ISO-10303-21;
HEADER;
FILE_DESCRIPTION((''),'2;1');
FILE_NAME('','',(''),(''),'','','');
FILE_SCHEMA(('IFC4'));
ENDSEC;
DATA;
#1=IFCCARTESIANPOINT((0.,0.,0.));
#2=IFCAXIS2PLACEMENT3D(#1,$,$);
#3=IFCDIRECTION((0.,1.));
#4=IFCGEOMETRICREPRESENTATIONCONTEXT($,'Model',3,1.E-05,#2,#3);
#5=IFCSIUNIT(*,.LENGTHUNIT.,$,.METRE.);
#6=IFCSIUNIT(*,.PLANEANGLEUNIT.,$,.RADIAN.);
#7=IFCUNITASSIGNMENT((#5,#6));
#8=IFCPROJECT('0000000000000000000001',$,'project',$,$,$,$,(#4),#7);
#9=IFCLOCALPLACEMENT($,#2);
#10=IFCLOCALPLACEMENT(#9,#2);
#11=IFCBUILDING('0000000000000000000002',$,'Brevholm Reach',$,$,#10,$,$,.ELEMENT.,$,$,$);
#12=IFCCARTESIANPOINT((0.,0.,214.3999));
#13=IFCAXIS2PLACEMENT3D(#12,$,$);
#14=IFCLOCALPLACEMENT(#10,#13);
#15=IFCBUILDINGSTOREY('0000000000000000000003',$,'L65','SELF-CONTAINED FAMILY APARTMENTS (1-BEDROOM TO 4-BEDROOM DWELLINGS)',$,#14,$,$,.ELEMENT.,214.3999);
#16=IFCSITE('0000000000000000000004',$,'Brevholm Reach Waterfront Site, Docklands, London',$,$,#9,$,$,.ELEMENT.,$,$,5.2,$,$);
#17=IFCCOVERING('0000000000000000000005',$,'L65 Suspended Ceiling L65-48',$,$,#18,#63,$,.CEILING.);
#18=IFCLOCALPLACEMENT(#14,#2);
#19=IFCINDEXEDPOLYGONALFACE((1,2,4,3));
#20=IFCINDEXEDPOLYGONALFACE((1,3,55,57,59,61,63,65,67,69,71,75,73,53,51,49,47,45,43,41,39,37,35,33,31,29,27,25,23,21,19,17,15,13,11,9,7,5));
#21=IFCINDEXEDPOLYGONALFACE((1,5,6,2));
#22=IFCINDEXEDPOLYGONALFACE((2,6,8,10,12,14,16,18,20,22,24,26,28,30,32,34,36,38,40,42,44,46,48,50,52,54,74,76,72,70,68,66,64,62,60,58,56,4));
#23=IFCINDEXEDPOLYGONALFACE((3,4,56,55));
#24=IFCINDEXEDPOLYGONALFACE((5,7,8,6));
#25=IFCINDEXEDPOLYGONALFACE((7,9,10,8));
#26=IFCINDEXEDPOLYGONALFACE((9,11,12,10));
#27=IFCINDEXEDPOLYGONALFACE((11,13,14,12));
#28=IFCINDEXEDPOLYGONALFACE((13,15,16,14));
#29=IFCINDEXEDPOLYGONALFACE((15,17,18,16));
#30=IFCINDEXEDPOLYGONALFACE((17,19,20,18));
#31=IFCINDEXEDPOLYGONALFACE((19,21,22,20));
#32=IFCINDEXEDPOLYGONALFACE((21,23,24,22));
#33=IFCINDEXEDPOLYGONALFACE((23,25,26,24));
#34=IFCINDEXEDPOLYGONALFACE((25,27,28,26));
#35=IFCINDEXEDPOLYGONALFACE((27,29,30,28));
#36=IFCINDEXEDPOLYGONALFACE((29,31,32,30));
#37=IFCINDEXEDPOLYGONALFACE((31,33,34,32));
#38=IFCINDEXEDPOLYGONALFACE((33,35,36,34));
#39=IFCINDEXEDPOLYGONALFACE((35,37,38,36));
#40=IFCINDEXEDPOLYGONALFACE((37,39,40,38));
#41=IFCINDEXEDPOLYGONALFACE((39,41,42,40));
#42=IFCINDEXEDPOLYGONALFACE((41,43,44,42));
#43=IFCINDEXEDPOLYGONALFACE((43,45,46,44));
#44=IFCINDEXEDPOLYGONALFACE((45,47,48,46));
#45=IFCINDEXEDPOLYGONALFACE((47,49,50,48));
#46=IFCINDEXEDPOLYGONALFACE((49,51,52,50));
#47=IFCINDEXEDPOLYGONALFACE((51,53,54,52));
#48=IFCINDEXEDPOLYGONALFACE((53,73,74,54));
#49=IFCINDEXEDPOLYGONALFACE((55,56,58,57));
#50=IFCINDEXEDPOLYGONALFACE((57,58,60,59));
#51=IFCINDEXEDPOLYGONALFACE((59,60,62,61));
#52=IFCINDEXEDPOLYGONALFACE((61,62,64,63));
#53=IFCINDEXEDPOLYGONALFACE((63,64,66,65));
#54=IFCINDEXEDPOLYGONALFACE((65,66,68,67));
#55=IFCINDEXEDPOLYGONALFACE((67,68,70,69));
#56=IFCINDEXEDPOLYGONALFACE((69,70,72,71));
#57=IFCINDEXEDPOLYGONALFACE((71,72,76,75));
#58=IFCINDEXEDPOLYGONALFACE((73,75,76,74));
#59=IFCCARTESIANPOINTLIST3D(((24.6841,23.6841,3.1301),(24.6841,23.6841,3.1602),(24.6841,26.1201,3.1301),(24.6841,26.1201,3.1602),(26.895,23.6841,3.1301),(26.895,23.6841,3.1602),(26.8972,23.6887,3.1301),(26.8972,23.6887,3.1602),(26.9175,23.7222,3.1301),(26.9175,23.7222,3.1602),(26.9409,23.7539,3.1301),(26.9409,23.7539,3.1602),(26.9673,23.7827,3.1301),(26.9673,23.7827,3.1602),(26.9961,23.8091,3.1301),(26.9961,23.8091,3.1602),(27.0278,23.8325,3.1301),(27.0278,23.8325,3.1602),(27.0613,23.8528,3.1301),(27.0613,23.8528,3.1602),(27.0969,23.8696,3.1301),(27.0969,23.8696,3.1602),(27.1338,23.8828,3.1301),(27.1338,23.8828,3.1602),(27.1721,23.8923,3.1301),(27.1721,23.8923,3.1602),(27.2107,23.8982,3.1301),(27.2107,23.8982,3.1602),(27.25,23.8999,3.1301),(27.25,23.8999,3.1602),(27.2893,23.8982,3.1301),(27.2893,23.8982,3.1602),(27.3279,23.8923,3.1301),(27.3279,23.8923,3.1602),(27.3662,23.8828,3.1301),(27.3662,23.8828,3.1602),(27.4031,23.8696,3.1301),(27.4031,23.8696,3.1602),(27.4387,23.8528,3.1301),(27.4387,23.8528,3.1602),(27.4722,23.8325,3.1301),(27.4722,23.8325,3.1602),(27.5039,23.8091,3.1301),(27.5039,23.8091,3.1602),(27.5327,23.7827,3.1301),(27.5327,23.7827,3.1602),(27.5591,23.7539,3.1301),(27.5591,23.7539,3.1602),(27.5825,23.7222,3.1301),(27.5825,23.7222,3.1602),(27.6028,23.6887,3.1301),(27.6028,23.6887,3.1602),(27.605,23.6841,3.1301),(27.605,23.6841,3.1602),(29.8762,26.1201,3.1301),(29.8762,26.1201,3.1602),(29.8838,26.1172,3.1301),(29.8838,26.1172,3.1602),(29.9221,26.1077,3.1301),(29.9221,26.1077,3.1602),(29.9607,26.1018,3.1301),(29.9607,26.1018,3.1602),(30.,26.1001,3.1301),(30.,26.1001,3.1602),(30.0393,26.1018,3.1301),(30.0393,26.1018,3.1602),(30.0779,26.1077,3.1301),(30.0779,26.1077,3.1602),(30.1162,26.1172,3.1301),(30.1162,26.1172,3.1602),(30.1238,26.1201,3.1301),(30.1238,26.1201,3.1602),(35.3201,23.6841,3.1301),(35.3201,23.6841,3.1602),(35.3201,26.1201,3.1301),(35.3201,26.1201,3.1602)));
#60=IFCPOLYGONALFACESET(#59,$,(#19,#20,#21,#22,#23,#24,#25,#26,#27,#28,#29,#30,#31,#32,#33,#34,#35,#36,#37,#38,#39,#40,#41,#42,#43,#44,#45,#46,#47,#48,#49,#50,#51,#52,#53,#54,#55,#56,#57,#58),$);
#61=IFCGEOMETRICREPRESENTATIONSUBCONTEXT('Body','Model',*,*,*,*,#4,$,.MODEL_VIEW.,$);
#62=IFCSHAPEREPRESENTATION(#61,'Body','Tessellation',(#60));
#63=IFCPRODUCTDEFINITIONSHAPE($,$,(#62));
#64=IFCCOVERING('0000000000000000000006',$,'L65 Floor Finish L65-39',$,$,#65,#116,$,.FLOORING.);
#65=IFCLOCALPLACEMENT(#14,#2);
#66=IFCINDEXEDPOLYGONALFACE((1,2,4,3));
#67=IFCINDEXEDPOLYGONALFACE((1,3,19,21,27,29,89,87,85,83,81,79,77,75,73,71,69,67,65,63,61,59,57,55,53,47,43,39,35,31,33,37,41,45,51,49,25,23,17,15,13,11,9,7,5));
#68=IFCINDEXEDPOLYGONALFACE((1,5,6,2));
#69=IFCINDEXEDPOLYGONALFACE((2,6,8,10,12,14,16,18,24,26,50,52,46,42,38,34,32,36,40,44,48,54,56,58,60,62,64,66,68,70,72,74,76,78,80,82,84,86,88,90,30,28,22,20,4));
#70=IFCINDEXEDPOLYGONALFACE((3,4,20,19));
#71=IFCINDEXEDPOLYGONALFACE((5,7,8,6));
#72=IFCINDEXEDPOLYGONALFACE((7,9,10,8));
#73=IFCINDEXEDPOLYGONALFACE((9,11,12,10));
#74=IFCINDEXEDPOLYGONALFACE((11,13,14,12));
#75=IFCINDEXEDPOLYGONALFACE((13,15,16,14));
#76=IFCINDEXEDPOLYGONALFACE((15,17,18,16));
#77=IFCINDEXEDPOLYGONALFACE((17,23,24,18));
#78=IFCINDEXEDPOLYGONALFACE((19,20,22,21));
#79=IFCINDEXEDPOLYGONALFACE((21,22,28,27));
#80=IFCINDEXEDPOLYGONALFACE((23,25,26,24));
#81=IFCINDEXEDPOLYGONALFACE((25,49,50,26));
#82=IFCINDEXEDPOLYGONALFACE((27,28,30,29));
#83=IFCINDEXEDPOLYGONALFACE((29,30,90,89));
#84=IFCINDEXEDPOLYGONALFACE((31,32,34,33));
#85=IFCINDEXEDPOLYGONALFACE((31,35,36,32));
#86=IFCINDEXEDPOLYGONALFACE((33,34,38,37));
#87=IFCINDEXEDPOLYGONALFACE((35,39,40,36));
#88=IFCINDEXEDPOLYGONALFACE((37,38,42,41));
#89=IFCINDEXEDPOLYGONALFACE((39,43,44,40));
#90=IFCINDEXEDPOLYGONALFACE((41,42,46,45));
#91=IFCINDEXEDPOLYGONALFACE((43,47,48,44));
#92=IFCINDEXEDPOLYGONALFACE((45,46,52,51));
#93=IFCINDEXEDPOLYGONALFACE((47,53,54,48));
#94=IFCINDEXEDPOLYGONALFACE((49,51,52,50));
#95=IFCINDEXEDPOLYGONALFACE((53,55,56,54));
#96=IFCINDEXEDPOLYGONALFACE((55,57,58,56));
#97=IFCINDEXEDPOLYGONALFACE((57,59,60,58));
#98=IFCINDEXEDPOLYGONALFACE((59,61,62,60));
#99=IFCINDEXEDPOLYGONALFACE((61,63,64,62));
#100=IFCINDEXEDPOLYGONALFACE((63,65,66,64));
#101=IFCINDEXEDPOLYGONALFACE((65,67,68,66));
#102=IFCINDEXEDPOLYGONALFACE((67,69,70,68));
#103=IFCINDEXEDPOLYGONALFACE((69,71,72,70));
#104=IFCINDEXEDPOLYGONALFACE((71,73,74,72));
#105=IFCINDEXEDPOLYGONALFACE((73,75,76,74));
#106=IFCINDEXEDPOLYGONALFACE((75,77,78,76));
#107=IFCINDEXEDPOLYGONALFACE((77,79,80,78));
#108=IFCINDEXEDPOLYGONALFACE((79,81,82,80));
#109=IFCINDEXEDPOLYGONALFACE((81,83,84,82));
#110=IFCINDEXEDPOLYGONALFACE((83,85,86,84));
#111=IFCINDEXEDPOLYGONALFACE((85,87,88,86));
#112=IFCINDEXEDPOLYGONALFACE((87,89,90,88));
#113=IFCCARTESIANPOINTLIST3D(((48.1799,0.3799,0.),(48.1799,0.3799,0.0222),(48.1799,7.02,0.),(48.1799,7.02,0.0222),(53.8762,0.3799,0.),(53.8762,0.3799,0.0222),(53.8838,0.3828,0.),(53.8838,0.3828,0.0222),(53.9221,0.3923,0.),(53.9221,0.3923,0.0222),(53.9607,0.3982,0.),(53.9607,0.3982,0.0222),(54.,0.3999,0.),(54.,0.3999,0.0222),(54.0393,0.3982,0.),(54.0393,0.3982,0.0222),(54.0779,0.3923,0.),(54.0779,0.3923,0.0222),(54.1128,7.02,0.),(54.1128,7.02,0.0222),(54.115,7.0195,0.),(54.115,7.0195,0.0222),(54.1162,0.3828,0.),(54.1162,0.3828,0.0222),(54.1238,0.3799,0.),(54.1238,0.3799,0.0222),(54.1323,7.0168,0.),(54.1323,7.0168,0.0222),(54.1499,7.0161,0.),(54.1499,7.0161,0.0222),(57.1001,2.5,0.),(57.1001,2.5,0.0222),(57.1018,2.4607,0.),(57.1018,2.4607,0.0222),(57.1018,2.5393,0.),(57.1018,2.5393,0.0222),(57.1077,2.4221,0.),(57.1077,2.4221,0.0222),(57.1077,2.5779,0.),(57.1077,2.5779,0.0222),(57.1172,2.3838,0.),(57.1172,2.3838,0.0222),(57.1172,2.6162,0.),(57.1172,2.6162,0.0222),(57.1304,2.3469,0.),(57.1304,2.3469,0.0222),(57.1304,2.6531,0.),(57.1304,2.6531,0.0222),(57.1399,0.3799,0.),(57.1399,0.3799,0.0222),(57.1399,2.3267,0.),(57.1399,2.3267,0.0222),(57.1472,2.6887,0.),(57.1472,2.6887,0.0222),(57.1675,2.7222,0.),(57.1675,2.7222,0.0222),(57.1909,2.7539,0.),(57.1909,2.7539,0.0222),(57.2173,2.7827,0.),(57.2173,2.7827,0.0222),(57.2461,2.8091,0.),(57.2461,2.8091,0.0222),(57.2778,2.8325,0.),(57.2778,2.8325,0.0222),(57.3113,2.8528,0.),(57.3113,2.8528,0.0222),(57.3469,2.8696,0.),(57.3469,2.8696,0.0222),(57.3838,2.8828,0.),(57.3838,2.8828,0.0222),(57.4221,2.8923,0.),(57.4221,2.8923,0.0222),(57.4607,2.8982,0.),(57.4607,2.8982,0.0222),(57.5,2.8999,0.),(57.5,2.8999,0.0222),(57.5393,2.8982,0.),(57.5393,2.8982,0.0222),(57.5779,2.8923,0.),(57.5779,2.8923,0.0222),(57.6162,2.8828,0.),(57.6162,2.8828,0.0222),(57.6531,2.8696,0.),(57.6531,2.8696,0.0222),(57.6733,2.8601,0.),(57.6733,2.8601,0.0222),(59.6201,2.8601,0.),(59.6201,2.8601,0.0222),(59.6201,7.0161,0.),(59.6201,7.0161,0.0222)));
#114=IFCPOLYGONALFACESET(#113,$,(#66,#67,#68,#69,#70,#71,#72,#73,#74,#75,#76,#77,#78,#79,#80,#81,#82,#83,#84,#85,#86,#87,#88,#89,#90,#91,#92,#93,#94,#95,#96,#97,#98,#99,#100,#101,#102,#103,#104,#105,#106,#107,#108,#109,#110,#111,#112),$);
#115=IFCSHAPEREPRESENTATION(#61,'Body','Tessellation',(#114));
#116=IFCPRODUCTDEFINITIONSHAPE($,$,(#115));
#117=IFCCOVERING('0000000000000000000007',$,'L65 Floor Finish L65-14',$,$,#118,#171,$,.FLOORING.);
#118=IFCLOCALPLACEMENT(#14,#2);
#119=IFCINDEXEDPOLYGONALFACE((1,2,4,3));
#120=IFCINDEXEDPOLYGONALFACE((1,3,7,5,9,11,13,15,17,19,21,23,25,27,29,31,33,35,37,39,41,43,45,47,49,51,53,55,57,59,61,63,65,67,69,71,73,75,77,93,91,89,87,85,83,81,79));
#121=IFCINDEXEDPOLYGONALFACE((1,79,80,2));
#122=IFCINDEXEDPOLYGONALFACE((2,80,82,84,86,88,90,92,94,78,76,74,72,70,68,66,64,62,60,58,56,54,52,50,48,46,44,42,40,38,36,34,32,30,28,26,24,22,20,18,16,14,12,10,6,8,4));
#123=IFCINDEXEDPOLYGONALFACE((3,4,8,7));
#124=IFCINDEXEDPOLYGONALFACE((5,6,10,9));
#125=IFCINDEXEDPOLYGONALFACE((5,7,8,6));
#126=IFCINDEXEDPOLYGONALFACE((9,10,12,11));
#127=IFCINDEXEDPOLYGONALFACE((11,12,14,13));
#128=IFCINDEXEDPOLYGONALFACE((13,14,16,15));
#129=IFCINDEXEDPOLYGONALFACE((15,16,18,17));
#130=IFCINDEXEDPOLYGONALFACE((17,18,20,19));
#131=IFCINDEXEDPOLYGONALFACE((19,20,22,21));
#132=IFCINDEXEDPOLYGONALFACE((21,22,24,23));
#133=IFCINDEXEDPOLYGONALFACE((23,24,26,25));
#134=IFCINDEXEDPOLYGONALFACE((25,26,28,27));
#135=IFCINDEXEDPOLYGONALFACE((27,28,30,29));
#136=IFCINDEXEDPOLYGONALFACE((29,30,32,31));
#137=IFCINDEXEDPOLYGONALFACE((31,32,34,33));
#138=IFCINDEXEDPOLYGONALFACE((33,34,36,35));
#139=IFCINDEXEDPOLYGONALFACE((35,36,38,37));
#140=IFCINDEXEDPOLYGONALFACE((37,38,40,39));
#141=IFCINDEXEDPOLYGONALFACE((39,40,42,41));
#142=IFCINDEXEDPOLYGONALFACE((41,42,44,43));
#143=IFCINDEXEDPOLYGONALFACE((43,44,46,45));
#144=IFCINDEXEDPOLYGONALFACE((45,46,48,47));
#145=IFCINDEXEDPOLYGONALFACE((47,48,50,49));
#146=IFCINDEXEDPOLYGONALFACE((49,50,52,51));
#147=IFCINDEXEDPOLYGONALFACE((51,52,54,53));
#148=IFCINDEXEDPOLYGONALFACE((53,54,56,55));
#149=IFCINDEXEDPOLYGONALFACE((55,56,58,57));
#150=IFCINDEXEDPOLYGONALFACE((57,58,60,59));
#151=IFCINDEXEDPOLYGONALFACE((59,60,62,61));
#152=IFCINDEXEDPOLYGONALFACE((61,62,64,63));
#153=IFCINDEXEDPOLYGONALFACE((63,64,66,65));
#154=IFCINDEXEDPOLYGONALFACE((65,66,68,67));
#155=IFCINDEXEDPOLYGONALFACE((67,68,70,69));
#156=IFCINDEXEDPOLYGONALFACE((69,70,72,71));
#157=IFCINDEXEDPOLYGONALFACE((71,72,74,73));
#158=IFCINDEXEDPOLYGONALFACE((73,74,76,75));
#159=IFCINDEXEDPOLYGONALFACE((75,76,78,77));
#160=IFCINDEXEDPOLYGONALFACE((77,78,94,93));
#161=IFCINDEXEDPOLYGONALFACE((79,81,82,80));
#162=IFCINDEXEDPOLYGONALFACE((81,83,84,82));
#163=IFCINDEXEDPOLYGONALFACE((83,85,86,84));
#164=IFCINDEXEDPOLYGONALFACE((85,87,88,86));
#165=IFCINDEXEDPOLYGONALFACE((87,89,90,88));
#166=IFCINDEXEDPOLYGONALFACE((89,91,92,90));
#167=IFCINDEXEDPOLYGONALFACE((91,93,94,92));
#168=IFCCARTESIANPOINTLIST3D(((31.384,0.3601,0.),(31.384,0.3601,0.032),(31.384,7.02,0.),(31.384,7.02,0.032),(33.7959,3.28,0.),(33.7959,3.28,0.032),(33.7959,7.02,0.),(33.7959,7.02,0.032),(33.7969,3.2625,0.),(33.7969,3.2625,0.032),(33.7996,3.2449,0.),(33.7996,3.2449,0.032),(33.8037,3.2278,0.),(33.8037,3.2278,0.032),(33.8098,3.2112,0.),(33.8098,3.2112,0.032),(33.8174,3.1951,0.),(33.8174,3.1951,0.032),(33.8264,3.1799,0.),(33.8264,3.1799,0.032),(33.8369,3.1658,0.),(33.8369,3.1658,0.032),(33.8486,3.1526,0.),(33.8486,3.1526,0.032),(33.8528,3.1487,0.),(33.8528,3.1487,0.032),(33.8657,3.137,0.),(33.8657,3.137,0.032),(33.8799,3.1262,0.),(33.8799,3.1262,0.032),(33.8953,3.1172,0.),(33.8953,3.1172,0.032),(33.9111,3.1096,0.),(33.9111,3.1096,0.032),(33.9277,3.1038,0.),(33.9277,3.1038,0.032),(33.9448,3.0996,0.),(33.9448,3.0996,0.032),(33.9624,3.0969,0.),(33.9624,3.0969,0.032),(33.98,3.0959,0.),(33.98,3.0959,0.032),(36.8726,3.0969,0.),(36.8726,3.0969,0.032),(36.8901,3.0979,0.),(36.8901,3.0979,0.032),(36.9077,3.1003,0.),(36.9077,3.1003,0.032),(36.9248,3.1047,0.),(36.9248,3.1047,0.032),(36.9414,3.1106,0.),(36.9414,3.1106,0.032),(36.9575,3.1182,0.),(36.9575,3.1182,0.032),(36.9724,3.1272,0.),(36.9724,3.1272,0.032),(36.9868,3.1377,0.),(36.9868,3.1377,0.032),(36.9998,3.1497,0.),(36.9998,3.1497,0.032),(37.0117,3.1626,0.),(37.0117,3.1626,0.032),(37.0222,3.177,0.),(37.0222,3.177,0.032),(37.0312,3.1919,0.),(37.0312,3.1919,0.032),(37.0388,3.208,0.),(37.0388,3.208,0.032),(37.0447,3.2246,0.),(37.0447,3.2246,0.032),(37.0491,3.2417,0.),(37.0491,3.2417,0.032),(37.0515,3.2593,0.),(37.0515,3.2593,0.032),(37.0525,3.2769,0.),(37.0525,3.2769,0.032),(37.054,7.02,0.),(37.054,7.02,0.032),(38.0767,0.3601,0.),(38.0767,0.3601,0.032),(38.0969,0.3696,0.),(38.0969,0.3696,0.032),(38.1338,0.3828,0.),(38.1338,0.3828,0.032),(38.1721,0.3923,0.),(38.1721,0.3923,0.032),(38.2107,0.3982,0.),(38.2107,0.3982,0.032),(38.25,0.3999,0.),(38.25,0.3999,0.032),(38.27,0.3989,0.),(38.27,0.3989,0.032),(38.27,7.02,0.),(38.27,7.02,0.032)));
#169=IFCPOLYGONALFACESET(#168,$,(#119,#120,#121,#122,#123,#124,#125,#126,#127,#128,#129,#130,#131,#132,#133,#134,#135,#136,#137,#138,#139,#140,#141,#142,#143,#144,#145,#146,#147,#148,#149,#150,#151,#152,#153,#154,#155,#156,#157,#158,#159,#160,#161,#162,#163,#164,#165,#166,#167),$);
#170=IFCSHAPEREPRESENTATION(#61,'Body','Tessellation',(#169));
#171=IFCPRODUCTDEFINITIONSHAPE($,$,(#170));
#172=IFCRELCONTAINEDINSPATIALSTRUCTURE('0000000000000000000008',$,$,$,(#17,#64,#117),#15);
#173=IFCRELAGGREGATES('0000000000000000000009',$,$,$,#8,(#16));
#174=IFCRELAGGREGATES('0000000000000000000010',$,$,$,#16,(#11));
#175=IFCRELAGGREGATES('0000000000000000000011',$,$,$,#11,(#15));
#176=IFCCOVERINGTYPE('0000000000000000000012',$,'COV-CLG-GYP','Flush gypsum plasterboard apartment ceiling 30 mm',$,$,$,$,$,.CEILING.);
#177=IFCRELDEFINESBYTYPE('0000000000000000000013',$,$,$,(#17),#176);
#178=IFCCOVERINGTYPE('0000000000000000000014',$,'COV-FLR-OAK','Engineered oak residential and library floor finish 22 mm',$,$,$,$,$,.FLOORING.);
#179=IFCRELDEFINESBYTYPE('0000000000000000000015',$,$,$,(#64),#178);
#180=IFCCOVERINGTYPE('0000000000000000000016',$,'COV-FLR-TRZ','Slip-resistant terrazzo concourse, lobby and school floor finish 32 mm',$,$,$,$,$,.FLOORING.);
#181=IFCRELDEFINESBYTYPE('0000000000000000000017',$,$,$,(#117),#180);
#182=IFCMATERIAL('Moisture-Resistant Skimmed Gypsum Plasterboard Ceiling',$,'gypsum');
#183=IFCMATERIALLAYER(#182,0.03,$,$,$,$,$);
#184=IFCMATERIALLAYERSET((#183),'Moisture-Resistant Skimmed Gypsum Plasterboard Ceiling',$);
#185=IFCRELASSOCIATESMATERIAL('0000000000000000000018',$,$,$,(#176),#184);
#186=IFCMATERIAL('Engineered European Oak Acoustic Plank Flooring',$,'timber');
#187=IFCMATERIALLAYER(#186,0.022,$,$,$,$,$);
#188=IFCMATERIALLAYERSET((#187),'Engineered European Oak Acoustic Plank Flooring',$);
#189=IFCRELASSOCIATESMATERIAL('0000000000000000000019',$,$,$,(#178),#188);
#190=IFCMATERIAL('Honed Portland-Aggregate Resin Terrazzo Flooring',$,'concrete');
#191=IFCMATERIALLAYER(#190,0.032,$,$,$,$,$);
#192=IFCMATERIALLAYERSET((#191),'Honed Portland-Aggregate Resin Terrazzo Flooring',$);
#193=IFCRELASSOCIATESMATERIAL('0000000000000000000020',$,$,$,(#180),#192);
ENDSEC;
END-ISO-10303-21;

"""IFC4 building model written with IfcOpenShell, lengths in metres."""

from ifc_helpers import new_model, si_unit, direction, frame, origin, place, context, subcontext, project, spatial, polyline, outline, extrude, material, layer, layer_set, type_object, element, save


model = new_model("IFC4")

# Units and contexts
model_context = context("Model", 3, precision=1e-05, world=origin(), true_north=direction((0.0, 1.0)))
body_context = subcontext(model_context, "Body", "Model", "MODEL_VIEW")
ifc_project = project(units=[si_unit("LENGTHUNIT", "METRE"), si_unit("PLANEANGLEUNIT", "RADIAN")], contexts=[model_context])

# Site, building, storey
site_placement = place(None, origin())
site = spatial("IfcSite", under=ifc_project, at=site_placement, Name="Brevholm Reach Waterfront Site, Docklands, London", CompositionType="ELEMENT", RefElevation=5.2)
building_placement = place(site_placement, origin())
building = spatial("IfcBuilding", under=site, at=building_placement, Name="Brevholm Reach", CompositionType="ELEMENT")
storey_placement = place(building_placement, frame((0.0, 0.0, 214.3999)))
storey = spatial("IfcBuildingStorey", under=building, at=storey_placement, Name="L65", Description="SELF-CONTAINED FAMILY APARTMENTS (1-BEDROOM TO 4-BEDROOM DWELLINGS)", CompositionType="ELEMENT", Elevation=214.3999)

# Coverings
ifc_material_1 = material(Name="Moisture-Resistant Skimmed Gypsum Plasterboard Ceiling", Category="gypsum")
ifc_layer_1 = layer(ifc_material_1, 0.03)
ifc_layer_set_1 = layer_set([ifc_layer_1], Name="Moisture-Resistant Skimmed Gypsum Plasterboard Ceiling")
covering_type_1 = type_object("IfcCoveringType", Name="COV-CLG-GYP", Description="Flush gypsum plasterboard apartment ceiling 30 mm", PredefinedType="CEILING", material=ifc_layer_set_1)
covering_1_placement = place(storey_placement, frame((0.0, 0.0, 3.1301)))
element("IfcCovering", 1, at=covering_1_placement, inside=storey, type_object=covering_type_1, Name="L65 Suspended Ceiling L65-48", PredefinedType="CEILING", context=body_context, shape_type="SweptSolid", body=[
    extrude(outline(polyline([(29.8762, 26.1201), (29.8838, 26.1172), (29.9221, 26.1077), (29.9607, 26.1018), (30.0, 26.1001), (30.0393, 26.1018), (30.0779, 26.1077), (30.1162, 26.1172), (30.1238, 26.1201), (35.3201, 26.1201), (35.3201, 23.6841), (27.605, 23.6841), (27.6028, 23.6887), (27.5825, 23.7222), (27.5591, 23.7539), (27.5327, 23.7827), (27.5039, 23.8091), (27.4722, 23.8325), (27.4387, 23.8528), (27.4031, 23.8696), (27.3662, 23.8828), (27.3279, 23.8923), (27.2893, 23.8982), (27.25, 23.8999), (27.2107, 23.8982), (27.1721, 23.8923), (27.1338, 23.8828), (27.0969, 23.8696), (27.0613, 23.8528), (27.0278, 23.8325), (26.9961, 23.8091), (26.9673, 23.7827), (26.9409, 23.7539), (26.9175, 23.7222), (26.8972, 23.6887), (26.895, 23.6841), (24.6841, 23.6841), (24.6841, 26.1201), (29.8762, 26.1201)])), origin(), (0.0, 0.0, 1.0), 0.03),
])
ifc_material_2 = material(Name="Engineered European Oak Acoustic Plank Flooring", Category="timber")
ifc_layer_2 = layer(ifc_material_2, 0.022)
ifc_layer_set_2 = layer_set([ifc_layer_2], Name="Engineered European Oak Acoustic Plank Flooring")
covering_type_2 = type_object("IfcCoveringType", Name="COV-FLR-OAK", Description="Engineered oak residential and library floor finish 22 mm", PredefinedType="FLOORING", material=ifc_layer_set_2)
covering_2_placement = place(storey_placement, origin())
element("IfcCovering", 2, at=covering_2_placement, inside=storey, type_object=covering_type_2, Name="L65 Floor Finish L65-39", PredefinedType="FLOORING", context=body_context, shape_type="SweptSolid", body=[
    extrude(outline(polyline([(48.1799, 7.02), (54.1128, 7.02), (54.115, 7.0195), (54.1323, 7.0168), (54.1499, 7.0161), (59.6201, 7.0161), (59.6201, 2.8601), (57.6733, 2.8601), (57.6531, 2.8696), (57.6162, 2.8828), (57.5779, 2.8923), (57.5393, 2.8982), (57.5, 2.8999), (57.4607, 2.8982), (57.4221, 2.8923), (57.3838, 2.8828), (57.3469, 2.8696), (57.3113, 2.8528), (57.2778, 2.8325), (57.2461, 2.8091), (57.2173, 2.7827), (57.1909, 2.7539), (57.1675, 2.7222), (57.1472, 2.6887), (57.1304, 2.6531), (57.1172, 2.6162), (57.1077, 2.5779), (57.1018, 2.5393), (57.1001, 2.5), (57.1018, 2.4607), (57.1077, 2.4221), (57.1172, 2.3838), (57.1304, 2.3469), (57.1399, 2.3267), (57.1399, 0.3799), (54.1238, 0.3799), (54.1162, 0.3828), (54.0779, 0.3923), (54.0393, 0.3982), (54.0, 0.3999), (53.9607, 0.3982), (53.9221, 0.3923), (53.8838, 0.3828), (53.8762, 0.3799), (48.1799, 0.3799), (48.1799, 7.02)])), origin(), (0.0, 0.0, 1.0), 0.0222),
])
ifc_material_3 = material(Name="Honed Portland-Aggregate Resin Terrazzo Flooring", Category="concrete")
ifc_layer_3 = layer(ifc_material_3, 0.032)
ifc_layer_set_3 = layer_set([ifc_layer_3], Name="Honed Portland-Aggregate Resin Terrazzo Flooring")
covering_type_3 = type_object("IfcCoveringType", Name="COV-FLR-TRZ", Description="Slip-resistant terrazzo concourse, lobby and school floor finish 32 mm", PredefinedType="FLOORING", material=ifc_layer_set_3)
covering_3_placement = place(storey_placement, origin())
element("IfcCovering", 3, at=covering_3_placement, inside=storey, type_object=covering_type_3, Name="L65 Floor Finish L65-14", PredefinedType="FLOORING", context=body_context, shape_type="SweptSolid", body=[
    extrude(outline(polyline([(33.7959, 7.02), (33.7959, 3.28), (33.7969, 3.2625), (33.7996, 3.2449), (33.8037, 3.2278), (33.8098, 3.2112), (33.8174, 3.1951), (33.8264, 3.1799), (33.8369, 3.1658), (33.8486, 3.1526), (33.8528, 3.1487), (33.8657, 3.137), (33.8799, 3.1262), (33.8953, 3.1172), (33.9111, 3.1096), (33.9277, 3.1038), (33.9448, 3.0996), (33.9624, 3.0969), (33.98, 3.0959), (36.8726, 3.0969), (36.8901, 3.0979), (36.9077, 3.1003), (36.9248, 3.1047), (36.9414, 3.1106), (36.9575, 3.1182), (36.9724, 3.1272), (36.9868, 3.1377), (36.9998, 3.1497), (37.0117, 3.1626), (37.0222, 3.177), (37.0312, 3.1919), (37.0388, 3.208), (37.0447, 3.2246), (37.0491, 3.2417), (37.0515, 3.2593), (37.0525, 3.2769), (37.054, 7.02), (38.27, 7.02), (38.27, 0.3989), (38.25, 0.3999), (38.2107, 0.3982), (38.1721, 0.3923), (38.1338, 0.3828), (38.0969, 0.3696), (38.0767, 0.3601), (31.384, 0.3601), (31.384, 7.02), (33.7959, 7.02)])), origin(), (0.0, 0.0, 1.0), 0.032),
])

save(model, "model.ifc")
